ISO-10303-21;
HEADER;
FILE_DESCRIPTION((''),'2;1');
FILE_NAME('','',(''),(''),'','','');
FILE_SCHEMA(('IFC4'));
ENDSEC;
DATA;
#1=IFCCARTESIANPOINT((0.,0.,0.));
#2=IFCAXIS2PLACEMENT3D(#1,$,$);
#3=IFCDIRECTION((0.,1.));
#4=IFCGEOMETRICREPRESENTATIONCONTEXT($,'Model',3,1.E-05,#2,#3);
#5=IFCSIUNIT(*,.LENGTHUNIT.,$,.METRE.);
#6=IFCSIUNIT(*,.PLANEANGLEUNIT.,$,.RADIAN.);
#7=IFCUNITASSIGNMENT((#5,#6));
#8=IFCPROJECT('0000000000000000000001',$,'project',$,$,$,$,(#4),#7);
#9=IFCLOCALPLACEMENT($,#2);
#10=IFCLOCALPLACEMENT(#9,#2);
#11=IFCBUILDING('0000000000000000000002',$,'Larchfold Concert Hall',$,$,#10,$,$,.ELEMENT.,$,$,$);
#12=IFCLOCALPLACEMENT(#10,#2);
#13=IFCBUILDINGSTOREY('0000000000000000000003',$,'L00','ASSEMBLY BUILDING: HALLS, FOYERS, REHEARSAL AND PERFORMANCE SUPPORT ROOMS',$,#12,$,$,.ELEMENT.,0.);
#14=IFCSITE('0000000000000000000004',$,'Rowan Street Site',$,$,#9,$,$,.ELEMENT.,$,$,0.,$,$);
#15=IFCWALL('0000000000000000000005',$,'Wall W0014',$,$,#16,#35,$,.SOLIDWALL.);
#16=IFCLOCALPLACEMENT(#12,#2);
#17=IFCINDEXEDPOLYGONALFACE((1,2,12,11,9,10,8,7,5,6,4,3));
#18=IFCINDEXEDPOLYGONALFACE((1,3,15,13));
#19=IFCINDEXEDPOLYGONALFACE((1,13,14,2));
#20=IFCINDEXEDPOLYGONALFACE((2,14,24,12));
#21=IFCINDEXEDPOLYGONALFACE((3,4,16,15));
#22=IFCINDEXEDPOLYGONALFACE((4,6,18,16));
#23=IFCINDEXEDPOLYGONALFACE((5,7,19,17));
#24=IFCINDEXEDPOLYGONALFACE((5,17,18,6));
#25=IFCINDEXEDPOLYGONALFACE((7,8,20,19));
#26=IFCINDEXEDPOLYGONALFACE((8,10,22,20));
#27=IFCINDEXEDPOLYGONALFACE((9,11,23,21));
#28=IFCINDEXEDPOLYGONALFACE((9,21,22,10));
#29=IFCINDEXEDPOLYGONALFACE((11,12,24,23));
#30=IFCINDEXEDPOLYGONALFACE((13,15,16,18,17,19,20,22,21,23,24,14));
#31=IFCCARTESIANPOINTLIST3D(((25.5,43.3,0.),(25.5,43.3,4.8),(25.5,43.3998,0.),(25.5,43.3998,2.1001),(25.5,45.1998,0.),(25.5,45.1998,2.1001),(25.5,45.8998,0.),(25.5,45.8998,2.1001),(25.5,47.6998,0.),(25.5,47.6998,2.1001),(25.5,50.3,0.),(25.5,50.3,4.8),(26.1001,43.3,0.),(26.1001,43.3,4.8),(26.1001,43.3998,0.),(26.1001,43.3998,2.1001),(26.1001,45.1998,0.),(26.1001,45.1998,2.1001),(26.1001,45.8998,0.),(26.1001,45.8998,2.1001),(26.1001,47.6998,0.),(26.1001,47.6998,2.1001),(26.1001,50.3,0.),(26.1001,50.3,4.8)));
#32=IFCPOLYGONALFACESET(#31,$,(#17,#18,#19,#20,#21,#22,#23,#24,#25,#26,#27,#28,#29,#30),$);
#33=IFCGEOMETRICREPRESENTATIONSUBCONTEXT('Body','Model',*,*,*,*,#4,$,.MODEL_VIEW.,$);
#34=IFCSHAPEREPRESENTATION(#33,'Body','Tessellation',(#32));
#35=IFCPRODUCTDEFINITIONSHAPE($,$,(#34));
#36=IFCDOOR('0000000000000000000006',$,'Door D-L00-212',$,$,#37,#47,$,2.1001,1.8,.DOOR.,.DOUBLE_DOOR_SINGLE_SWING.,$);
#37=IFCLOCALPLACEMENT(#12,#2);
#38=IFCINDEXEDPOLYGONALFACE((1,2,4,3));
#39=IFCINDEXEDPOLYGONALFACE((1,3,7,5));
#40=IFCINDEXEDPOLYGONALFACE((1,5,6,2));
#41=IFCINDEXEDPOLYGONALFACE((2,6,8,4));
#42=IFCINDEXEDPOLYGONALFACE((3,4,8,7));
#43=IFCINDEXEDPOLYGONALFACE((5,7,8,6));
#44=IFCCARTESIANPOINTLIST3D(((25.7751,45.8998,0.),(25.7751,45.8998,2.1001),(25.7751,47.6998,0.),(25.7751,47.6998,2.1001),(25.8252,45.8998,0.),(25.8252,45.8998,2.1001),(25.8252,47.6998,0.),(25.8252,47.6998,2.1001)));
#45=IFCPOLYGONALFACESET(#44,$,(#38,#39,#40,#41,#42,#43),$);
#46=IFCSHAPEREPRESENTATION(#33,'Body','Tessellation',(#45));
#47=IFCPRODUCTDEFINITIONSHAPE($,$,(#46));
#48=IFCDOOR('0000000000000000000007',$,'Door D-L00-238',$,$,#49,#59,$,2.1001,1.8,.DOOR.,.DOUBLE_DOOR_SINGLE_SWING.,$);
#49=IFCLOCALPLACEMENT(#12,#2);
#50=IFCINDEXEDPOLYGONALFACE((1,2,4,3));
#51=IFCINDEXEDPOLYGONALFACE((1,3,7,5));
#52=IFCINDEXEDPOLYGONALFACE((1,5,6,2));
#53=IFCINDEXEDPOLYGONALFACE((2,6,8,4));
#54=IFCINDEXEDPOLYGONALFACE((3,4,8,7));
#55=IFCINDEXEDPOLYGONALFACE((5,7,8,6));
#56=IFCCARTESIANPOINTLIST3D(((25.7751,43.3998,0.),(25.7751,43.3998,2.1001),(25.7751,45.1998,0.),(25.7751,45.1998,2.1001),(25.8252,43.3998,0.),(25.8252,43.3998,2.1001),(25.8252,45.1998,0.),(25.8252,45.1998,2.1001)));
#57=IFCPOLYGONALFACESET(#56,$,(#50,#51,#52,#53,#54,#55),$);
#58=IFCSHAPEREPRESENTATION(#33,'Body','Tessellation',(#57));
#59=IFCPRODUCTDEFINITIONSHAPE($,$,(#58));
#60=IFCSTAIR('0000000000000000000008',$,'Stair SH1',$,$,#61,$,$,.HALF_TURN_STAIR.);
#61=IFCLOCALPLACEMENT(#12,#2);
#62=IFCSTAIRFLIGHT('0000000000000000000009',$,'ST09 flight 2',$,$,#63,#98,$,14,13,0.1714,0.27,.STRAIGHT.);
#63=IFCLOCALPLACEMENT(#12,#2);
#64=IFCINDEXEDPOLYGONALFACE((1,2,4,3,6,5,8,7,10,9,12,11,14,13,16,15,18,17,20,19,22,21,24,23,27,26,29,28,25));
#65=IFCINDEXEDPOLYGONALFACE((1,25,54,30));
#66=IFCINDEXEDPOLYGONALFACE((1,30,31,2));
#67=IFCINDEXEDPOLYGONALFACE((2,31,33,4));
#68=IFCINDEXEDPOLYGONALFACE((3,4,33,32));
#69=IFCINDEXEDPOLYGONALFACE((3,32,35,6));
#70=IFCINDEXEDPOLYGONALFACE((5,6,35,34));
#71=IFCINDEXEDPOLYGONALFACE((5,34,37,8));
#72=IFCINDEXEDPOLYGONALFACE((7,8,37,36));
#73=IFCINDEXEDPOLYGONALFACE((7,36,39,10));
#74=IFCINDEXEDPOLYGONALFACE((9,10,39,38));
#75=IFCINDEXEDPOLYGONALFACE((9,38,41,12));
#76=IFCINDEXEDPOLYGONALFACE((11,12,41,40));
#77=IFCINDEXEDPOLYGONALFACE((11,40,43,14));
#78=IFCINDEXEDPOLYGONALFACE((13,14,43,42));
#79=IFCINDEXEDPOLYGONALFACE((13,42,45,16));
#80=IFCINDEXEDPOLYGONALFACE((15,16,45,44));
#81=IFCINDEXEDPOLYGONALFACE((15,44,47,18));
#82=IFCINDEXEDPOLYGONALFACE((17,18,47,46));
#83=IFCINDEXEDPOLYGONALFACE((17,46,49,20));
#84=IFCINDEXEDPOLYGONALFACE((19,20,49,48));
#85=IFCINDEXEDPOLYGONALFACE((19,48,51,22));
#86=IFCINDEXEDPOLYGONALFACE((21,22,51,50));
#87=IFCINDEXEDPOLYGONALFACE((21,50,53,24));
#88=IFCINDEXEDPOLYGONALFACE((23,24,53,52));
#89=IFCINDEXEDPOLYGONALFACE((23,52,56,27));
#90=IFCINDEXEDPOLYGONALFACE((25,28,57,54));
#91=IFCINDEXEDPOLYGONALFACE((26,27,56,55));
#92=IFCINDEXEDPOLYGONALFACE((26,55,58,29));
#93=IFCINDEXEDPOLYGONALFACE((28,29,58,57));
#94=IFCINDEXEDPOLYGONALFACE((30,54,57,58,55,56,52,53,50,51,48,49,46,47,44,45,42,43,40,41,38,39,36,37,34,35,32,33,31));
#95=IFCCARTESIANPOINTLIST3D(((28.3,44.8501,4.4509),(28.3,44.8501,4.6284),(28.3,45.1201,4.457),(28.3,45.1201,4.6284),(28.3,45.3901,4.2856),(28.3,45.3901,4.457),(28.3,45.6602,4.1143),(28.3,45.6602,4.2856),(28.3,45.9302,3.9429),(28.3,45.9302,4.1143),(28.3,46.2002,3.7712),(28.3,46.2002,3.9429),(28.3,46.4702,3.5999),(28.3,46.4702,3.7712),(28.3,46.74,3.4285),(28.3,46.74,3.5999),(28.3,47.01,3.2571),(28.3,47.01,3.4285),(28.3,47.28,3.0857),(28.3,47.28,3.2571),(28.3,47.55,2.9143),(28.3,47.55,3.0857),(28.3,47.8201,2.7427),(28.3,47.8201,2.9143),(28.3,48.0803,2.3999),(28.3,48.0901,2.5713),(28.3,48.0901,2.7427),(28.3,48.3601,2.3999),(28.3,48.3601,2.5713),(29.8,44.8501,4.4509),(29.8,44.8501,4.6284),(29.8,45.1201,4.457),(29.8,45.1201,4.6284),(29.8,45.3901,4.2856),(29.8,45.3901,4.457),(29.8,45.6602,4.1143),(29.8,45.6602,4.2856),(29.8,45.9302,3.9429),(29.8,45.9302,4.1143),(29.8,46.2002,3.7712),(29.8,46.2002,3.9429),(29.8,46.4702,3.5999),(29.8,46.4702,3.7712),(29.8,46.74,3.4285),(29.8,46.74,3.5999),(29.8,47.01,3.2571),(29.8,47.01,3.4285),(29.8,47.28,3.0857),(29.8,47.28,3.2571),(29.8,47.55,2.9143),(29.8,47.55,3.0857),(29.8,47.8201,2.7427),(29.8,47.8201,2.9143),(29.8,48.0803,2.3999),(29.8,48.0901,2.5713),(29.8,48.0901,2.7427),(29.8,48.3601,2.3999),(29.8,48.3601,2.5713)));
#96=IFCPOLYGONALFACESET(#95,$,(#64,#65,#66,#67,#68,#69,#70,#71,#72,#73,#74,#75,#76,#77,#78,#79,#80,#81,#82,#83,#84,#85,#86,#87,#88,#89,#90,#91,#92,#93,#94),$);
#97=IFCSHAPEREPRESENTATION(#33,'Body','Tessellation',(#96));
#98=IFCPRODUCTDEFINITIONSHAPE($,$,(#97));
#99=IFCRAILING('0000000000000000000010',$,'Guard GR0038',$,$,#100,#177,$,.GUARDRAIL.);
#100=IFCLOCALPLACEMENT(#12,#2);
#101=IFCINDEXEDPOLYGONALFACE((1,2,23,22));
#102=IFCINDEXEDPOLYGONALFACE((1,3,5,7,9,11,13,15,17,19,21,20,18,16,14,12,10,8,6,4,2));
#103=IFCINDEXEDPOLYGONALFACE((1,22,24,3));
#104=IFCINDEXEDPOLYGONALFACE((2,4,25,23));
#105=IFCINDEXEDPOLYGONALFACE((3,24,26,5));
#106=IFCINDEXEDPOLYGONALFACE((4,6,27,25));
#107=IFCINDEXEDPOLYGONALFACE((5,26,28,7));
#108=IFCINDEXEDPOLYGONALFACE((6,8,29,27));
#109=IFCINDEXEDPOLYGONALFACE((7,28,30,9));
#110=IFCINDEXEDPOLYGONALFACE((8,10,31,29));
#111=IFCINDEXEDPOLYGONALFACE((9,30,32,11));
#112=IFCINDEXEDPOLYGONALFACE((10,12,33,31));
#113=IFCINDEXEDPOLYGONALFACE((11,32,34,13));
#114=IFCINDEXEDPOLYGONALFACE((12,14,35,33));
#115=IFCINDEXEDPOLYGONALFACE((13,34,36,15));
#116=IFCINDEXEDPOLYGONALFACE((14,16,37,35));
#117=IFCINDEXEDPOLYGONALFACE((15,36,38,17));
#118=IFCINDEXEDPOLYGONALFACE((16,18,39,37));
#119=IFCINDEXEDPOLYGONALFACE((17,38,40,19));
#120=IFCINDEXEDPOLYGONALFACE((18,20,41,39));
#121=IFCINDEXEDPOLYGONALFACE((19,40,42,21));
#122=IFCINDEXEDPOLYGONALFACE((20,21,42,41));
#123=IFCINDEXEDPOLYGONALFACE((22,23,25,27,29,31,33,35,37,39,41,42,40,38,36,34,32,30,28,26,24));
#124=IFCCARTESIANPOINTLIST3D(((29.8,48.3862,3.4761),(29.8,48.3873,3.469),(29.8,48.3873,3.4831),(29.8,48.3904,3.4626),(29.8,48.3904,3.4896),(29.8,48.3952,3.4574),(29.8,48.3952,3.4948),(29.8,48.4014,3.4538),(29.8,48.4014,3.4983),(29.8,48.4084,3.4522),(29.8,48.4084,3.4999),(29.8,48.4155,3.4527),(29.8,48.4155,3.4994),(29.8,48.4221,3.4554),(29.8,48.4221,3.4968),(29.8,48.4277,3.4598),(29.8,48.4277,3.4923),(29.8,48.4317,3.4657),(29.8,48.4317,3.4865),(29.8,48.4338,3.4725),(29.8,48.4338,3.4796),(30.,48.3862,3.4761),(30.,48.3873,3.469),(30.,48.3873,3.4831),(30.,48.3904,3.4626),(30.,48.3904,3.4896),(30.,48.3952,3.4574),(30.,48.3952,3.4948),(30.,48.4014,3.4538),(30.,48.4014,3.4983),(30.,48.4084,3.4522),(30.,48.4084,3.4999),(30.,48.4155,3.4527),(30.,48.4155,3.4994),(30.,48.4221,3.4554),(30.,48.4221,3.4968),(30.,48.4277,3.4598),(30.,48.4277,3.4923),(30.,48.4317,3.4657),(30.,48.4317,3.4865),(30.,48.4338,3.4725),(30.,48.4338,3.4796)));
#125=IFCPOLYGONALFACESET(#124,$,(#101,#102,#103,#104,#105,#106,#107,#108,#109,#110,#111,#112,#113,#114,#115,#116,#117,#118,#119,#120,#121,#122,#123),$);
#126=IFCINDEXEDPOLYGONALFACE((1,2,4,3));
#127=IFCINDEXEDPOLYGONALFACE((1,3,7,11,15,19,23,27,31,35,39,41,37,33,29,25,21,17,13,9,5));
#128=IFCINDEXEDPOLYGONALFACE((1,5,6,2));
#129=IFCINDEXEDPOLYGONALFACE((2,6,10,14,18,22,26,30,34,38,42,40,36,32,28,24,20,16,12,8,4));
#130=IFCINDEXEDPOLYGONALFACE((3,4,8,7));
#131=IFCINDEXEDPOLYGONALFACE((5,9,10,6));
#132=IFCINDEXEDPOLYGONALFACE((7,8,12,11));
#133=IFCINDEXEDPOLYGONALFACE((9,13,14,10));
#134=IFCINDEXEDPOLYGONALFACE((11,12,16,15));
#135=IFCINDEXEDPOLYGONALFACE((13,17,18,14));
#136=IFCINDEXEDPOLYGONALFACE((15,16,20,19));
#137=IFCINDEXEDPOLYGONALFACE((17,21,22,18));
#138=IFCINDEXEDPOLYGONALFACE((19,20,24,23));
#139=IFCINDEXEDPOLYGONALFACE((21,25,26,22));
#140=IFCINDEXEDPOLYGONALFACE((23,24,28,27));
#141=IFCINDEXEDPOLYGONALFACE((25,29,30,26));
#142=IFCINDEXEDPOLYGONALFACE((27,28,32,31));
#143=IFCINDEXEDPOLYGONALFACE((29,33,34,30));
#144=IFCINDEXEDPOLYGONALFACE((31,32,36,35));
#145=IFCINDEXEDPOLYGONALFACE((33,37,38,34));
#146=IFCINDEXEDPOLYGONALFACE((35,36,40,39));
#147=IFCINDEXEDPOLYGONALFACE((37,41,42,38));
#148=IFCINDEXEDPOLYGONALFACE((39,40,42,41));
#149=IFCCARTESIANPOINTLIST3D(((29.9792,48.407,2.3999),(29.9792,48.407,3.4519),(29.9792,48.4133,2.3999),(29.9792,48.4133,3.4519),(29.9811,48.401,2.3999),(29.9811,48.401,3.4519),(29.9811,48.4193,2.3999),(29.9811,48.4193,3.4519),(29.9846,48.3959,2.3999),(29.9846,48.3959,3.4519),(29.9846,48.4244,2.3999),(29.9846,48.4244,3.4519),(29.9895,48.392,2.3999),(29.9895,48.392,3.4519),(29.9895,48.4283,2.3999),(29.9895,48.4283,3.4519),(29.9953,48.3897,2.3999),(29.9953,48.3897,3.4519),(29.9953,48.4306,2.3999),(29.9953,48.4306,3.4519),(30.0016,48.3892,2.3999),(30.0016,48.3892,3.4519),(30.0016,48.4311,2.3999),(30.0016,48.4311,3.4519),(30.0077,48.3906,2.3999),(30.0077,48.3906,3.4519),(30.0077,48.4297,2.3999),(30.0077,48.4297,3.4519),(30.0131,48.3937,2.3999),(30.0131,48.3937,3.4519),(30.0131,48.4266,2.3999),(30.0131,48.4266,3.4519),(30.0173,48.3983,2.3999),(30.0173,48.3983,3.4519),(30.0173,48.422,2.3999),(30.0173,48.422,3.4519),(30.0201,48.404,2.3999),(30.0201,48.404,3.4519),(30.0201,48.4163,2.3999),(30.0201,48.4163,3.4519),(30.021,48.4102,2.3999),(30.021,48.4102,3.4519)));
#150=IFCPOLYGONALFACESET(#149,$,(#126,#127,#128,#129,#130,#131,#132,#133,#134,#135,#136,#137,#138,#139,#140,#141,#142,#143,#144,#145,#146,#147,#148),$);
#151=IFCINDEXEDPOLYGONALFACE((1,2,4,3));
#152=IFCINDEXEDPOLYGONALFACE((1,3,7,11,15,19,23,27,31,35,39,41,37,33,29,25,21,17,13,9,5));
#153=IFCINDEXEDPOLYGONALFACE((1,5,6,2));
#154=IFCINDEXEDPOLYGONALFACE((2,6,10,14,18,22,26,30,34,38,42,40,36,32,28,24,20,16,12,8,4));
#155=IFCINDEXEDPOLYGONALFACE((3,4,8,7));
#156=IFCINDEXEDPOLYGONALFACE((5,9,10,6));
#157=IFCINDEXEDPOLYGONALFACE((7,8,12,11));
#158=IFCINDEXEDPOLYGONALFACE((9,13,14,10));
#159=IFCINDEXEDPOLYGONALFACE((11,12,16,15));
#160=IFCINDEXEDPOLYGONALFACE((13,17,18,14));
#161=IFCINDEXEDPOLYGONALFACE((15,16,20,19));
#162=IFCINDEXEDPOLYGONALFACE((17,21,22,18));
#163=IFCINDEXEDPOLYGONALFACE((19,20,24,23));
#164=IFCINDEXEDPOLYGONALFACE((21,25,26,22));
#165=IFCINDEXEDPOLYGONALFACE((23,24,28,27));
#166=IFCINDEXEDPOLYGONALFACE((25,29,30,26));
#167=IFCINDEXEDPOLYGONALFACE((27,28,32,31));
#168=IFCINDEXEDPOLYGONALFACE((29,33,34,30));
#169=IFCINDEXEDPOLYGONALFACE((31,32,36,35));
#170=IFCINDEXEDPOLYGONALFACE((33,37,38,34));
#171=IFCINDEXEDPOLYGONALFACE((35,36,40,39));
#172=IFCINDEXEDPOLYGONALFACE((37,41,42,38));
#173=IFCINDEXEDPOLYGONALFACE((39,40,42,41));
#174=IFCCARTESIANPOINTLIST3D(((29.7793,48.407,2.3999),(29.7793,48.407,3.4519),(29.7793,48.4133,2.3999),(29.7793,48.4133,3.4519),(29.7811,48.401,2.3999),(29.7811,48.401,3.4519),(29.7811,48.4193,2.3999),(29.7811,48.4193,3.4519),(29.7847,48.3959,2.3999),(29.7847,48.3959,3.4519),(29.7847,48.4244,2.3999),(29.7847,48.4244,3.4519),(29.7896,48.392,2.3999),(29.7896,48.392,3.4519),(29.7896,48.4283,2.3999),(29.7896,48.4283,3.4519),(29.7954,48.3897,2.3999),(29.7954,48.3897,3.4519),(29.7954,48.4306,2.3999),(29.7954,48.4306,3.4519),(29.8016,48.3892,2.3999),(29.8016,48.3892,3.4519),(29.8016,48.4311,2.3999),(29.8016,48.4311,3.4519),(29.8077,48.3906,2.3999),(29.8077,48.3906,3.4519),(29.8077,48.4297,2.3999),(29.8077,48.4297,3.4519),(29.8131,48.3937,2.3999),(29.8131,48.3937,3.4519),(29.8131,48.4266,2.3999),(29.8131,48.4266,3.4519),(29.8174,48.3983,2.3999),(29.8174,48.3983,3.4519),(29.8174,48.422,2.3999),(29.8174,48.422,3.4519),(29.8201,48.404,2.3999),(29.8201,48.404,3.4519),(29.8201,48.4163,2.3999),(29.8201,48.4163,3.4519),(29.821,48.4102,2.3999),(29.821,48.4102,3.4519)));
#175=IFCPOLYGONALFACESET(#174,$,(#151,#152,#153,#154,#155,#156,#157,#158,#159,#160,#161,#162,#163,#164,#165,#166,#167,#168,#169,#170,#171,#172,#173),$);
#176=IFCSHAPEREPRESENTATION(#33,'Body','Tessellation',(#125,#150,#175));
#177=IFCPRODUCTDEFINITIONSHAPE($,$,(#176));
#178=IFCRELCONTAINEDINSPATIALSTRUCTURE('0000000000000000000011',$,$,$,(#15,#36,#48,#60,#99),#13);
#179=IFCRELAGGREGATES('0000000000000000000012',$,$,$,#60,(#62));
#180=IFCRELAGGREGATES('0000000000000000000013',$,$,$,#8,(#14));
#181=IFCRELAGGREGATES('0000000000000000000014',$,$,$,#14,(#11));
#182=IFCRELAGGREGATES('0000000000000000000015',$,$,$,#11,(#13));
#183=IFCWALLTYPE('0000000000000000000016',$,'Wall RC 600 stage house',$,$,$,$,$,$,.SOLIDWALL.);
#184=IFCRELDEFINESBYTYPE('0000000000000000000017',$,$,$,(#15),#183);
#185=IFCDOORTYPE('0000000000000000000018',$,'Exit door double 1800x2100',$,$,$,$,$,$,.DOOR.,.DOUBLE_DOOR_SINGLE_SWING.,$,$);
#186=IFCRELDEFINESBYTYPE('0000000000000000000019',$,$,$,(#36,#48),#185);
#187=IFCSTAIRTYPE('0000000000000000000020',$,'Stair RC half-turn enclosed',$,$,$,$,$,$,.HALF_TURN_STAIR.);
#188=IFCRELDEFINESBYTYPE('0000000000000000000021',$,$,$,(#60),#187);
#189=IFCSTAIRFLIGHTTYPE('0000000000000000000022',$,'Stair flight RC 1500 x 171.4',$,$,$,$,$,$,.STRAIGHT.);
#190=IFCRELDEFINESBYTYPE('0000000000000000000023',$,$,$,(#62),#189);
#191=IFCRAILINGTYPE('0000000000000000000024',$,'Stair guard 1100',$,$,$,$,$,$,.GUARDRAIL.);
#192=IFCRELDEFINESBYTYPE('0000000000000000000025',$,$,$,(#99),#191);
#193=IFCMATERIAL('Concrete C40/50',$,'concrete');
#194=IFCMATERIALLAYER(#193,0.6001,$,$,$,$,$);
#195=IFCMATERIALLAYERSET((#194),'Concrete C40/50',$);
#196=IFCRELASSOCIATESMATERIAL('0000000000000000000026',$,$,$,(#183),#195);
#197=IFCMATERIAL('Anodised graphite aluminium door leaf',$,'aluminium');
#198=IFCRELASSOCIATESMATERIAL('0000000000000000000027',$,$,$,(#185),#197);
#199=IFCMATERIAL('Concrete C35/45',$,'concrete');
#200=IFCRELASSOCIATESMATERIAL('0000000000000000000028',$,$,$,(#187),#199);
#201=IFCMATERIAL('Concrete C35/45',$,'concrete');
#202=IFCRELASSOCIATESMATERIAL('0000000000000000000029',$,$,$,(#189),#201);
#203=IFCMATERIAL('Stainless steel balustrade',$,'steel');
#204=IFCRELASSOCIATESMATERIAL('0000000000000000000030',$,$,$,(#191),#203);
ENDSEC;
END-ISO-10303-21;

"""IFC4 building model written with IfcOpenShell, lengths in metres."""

from ifc_helpers import new_model, si_unit, direction, frame, frame_2d, origin, origin_2d, place, context, subcontext, project, spatial, polyline, rectangle, circle, outline, extrude, material, layer, layer_set, type_object, element, fill, aggregate, save


model = new_model("IFC4")

# Units and contexts
model_context = context("Model", 3, precision=1e-05, world=origin(), true_north=direction((0.0, 1.0)))
body_context = subcontext(model_context, "Body", "Model", "MODEL_VIEW")
ifc_project = project(units=[si_unit("LENGTHUNIT", "METRE"), si_unit("PLANEANGLEUNIT", "RADIAN")], contexts=[model_context])

# Site, building, storey
site_placement = place(None, origin())
site = spatial("IfcSite", under=ifc_project, at=site_placement, Name="Rowan Street Site", CompositionType="ELEMENT", RefElevation=0.0)
building_placement = place(site_placement, origin())
building = spatial("IfcBuilding", under=site, at=building_placement, Name="Larchfold Concert Hall", CompositionType="ELEMENT")
storey_placement = place(building_placement, origin())
storey = spatial("IfcBuildingStorey", under=building, at=storey_placement, Name="L00", Description="ASSEMBLY BUILDING: HALLS, FOYERS, REHEARSAL AND PERFORMANCE SUPPORT ROOMS", CompositionType="ELEMENT", Elevation=0.0)

# Wall, openings, doors
ifc_material_1 = material(Name="Concrete C40/50", Category="concrete")
ifc_layer_1 = layer(ifc_material_1, 0.6001)
ifc_layer_set_1 = layer_set([ifc_layer_1], Name="Concrete C40/50")
wall_type_1 = type_object("IfcWallType", Name="Wall RC 600 stage house", PredefinedType="SOLIDWALL", material=ifc_layer_set_1)
wall_1_placement = place(storey_placement, frame((25.8, 50.3, 0.0), z_axis=(0.0, 0.0, 1.0), x_axis=(0.0, -1.0, 0.0)))
wall_1 = element("IfcWall", 1, at=wall_1_placement, inside=storey, type_object=wall_type_1, Name="Wall W0014", PredefinedType="SOLIDWALL", context=body_context, shape_type="SweptSolid", body=[
    extrude(rectangle(XDim=7.0, YDim=0.6001, at=frame_2d((3.5, 0.0))), origin(), (0.0, 0.0, 1.0), 4.8),
])
opening_1_placement = place(wall_1_placement, frame((4.4001, 0.0, 0.0), z_axis=(0.0, 0.0, 1.0), x_axis=(-1.0, 0.0, 0.0)))
opening_1 = element("IfcOpeningElement", 2, at=opening_1_placement, cuts=wall_1, PredefinedType="OPENING", context=body_context, shape_type="SweptSolid", body=[
    extrude(rectangle(XDim=1.8, YDim=2.1001, at=frame_2d((0.8999, 1.05))), frame((0.0, 0.3101, 0.0), z_axis=(0.0, -1.0, 0.0), x_axis=(1.0, 0.0, 0.0)), (0.0, 0.0, 1.0), 0.6201),
])
opening_2_placement = place(wall_1_placement, frame((6.9001, 0.0, 0.0), z_axis=(0.0, 0.0, 1.0), x_axis=(-1.0, 0.0, 0.0)))
opening_2 = element("IfcOpeningElement", 3, at=opening_2_placement, cuts=wall_1, PredefinedType="OPENING", context=body_context, shape_type="SweptSolid", body=[
    extrude(rectangle(XDim=1.8, YDim=2.1001, at=frame_2d((0.8999, 1.05))), frame((0.0, 0.3101, 0.0), z_axis=(0.0, -1.0, 0.0), x_axis=(1.0, 0.0, 0.0)), (0.0, 0.0, 1.0), 0.6201),
])
ifc_material_2 = material(Name="Anodised graphite aluminium door leaf", Category="aluminium")
door_type = type_object("IfcDoorType", Name="Exit door double 1800x2100", OperationType="DOUBLE_DOOR_SINGLE_SWING", PredefinedType="DOOR", material=ifc_material_2)
door_1_placement = place(opening_1_placement, origin())
door_1 = element("IfcDoor", 4, at=door_1_placement, inside=storey, type_object=door_type, Name="Door D-L00-212", OperationType="DOUBLE_DOOR_SINGLE_SWING", OverallHeight=2.1001, OverallWidth=1.8, PredefinedType="DOOR", context=body_context, shape_type="SweptSolid", body=[
    extrude(rectangle(XDim=1.8, YDim=2.1001, at=frame_2d((0.8999, 1.05))), frame((0.0, 0.0249, 0.0), z_axis=(0.0, -1.0, 0.0), x_axis=(1.0, 0.0, 0.0)), (0.0, 0.0, 1.0), 0.05),
])
fill(opening_1, door_1)
door_2_placement = place(opening_2_placement, origin())
door_2 = element("IfcDoor", 5, at=door_2_placement, inside=storey, type_object=door_type, Name="Door D-L00-238", OperationType="DOUBLE_DOOR_SINGLE_SWING", OverallHeight=2.1001, OverallWidth=1.8, PredefinedType="DOOR", context=body_context, shape_type="SweptSolid", body=[
    extrude(rectangle(XDim=1.8, YDim=2.1001, at=frame_2d((0.8999, 1.05))), frame((0.0, 0.0249, 0.0), z_axis=(0.0, -1.0, 0.0), x_axis=(1.0, 0.0, 0.0)), (0.0, 0.0, 1.0), 0.05),
])
fill(opening_2, door_2)

# Stair, stair flight
ifc_material_3 = material(Name="Concrete C35/45", Category="concrete")
stair_type = type_object("IfcStairType", Name="Stair RC half-turn enclosed", PredefinedType="HALF_TURN_STAIR", material=ifc_material_3)
stair_placement = place(storey_placement, origin())
stair = element("IfcStair", 6, at=stair_placement, inside=storey, type_object=stair_type, Name="Stair SH1", PredefinedType="HALF_TURN_STAIR")
ifc_material_4 = material(Name="Concrete C35/45", Category="concrete")
stair_flight_type = type_object("IfcStairFlightType", Name="Stair flight RC 1500 x 171.4", PredefinedType="STRAIGHT", material=ifc_material_4)
stair_flight_placement = place(storey_placement, frame((29.05, 48.3601, 2.3999), z_axis=(0.0, 0.0, 1.0), x_axis=(0.0, -1.0, 0.0)))
stair_flight = element("IfcStairFlight", 7, at=stair_flight_placement, type_object=stair_flight_type, Name="ST09 flight 2", NumberOfRisers=14, NumberOfTreads=13, PredefinedType="STRAIGHT", RiserHeight=0.1714, TreadLength=0.27, context=body_context, shape_type="SweptSolid", body=[
    extrude(outline(polyline([(0.0, 0.0), (0.0, 0.1714), (0.27, 0.1714), (0.27, 0.3428), (0.54, 0.3428), (0.54, 0.5144), (0.8101, 0.5144), (0.8101, 0.6858), (1.0801, 0.6858), (1.0801, 0.8572), (1.3501, 0.8572), (1.3501, 1.0286), (1.6201, 1.0286), (1.6201, 1.2), (1.8899, 1.2), (1.8899, 1.3713), (2.1599, 1.3713), (2.1599, 1.543), (2.4299, 1.543), (2.4299, 1.7144), (2.7, 1.7144), (2.7, 1.8857), (2.97, 1.8857), (2.97, 2.0571), (3.24, 2.0571), (3.24, 2.2285), (3.51, 2.2285), (3.51, 2.3999), (3.51, 2.051), (0.2798, 0.0), (0.0, 0.0)])), frame((0.0, 0.75, 0.0), z_axis=(0.0, -1.0, 0.0), x_axis=(1.0, 0.0, 0.0)), (0.0, 0.0, 1.0), 1.5),
])
aggregate(stair, [stair_flight])

# Railing
ifc_material_5 = material(Name="Stainless steel balustrade", Category="steel")
railing_type_1 = type_object("IfcRailingType", Name="Stair guard 1100", PredefinedType="GUARDRAIL", material=ifc_material_5)
railing_1_placement = place(storey_placement, frame((30.0, 48.4102, 2.3999)))
element("IfcRailing", 8, at=railing_1_placement, inside=storey, type_object=railing_type_1, Name="Guard GR0038", PredefinedType="GUARDRAIL", context=body_context, shape_type="SweptSolid", body=[
    extrude(circle(Radius=0.0239, at=origin_2d()), frame((0.0, 0.0, 1.0762), z_axis=(-1.0, 0.0, 0.0), x_axis=(0.0, -1.0, 0.0)), (0.0, 0.0, 1.0), 0.2),
    extrude(circle(Radius=0.021, at=origin_2d()), origin(), (0.0, 0.0, 1.0), 1.052),
    extrude(circle(Radius=0.021, at=origin_2d()), frame((-0.2, 0.0, 0.0)), (0.0, 0.0, 1.0), 1.052),
])

save(model, "model.ifc")
